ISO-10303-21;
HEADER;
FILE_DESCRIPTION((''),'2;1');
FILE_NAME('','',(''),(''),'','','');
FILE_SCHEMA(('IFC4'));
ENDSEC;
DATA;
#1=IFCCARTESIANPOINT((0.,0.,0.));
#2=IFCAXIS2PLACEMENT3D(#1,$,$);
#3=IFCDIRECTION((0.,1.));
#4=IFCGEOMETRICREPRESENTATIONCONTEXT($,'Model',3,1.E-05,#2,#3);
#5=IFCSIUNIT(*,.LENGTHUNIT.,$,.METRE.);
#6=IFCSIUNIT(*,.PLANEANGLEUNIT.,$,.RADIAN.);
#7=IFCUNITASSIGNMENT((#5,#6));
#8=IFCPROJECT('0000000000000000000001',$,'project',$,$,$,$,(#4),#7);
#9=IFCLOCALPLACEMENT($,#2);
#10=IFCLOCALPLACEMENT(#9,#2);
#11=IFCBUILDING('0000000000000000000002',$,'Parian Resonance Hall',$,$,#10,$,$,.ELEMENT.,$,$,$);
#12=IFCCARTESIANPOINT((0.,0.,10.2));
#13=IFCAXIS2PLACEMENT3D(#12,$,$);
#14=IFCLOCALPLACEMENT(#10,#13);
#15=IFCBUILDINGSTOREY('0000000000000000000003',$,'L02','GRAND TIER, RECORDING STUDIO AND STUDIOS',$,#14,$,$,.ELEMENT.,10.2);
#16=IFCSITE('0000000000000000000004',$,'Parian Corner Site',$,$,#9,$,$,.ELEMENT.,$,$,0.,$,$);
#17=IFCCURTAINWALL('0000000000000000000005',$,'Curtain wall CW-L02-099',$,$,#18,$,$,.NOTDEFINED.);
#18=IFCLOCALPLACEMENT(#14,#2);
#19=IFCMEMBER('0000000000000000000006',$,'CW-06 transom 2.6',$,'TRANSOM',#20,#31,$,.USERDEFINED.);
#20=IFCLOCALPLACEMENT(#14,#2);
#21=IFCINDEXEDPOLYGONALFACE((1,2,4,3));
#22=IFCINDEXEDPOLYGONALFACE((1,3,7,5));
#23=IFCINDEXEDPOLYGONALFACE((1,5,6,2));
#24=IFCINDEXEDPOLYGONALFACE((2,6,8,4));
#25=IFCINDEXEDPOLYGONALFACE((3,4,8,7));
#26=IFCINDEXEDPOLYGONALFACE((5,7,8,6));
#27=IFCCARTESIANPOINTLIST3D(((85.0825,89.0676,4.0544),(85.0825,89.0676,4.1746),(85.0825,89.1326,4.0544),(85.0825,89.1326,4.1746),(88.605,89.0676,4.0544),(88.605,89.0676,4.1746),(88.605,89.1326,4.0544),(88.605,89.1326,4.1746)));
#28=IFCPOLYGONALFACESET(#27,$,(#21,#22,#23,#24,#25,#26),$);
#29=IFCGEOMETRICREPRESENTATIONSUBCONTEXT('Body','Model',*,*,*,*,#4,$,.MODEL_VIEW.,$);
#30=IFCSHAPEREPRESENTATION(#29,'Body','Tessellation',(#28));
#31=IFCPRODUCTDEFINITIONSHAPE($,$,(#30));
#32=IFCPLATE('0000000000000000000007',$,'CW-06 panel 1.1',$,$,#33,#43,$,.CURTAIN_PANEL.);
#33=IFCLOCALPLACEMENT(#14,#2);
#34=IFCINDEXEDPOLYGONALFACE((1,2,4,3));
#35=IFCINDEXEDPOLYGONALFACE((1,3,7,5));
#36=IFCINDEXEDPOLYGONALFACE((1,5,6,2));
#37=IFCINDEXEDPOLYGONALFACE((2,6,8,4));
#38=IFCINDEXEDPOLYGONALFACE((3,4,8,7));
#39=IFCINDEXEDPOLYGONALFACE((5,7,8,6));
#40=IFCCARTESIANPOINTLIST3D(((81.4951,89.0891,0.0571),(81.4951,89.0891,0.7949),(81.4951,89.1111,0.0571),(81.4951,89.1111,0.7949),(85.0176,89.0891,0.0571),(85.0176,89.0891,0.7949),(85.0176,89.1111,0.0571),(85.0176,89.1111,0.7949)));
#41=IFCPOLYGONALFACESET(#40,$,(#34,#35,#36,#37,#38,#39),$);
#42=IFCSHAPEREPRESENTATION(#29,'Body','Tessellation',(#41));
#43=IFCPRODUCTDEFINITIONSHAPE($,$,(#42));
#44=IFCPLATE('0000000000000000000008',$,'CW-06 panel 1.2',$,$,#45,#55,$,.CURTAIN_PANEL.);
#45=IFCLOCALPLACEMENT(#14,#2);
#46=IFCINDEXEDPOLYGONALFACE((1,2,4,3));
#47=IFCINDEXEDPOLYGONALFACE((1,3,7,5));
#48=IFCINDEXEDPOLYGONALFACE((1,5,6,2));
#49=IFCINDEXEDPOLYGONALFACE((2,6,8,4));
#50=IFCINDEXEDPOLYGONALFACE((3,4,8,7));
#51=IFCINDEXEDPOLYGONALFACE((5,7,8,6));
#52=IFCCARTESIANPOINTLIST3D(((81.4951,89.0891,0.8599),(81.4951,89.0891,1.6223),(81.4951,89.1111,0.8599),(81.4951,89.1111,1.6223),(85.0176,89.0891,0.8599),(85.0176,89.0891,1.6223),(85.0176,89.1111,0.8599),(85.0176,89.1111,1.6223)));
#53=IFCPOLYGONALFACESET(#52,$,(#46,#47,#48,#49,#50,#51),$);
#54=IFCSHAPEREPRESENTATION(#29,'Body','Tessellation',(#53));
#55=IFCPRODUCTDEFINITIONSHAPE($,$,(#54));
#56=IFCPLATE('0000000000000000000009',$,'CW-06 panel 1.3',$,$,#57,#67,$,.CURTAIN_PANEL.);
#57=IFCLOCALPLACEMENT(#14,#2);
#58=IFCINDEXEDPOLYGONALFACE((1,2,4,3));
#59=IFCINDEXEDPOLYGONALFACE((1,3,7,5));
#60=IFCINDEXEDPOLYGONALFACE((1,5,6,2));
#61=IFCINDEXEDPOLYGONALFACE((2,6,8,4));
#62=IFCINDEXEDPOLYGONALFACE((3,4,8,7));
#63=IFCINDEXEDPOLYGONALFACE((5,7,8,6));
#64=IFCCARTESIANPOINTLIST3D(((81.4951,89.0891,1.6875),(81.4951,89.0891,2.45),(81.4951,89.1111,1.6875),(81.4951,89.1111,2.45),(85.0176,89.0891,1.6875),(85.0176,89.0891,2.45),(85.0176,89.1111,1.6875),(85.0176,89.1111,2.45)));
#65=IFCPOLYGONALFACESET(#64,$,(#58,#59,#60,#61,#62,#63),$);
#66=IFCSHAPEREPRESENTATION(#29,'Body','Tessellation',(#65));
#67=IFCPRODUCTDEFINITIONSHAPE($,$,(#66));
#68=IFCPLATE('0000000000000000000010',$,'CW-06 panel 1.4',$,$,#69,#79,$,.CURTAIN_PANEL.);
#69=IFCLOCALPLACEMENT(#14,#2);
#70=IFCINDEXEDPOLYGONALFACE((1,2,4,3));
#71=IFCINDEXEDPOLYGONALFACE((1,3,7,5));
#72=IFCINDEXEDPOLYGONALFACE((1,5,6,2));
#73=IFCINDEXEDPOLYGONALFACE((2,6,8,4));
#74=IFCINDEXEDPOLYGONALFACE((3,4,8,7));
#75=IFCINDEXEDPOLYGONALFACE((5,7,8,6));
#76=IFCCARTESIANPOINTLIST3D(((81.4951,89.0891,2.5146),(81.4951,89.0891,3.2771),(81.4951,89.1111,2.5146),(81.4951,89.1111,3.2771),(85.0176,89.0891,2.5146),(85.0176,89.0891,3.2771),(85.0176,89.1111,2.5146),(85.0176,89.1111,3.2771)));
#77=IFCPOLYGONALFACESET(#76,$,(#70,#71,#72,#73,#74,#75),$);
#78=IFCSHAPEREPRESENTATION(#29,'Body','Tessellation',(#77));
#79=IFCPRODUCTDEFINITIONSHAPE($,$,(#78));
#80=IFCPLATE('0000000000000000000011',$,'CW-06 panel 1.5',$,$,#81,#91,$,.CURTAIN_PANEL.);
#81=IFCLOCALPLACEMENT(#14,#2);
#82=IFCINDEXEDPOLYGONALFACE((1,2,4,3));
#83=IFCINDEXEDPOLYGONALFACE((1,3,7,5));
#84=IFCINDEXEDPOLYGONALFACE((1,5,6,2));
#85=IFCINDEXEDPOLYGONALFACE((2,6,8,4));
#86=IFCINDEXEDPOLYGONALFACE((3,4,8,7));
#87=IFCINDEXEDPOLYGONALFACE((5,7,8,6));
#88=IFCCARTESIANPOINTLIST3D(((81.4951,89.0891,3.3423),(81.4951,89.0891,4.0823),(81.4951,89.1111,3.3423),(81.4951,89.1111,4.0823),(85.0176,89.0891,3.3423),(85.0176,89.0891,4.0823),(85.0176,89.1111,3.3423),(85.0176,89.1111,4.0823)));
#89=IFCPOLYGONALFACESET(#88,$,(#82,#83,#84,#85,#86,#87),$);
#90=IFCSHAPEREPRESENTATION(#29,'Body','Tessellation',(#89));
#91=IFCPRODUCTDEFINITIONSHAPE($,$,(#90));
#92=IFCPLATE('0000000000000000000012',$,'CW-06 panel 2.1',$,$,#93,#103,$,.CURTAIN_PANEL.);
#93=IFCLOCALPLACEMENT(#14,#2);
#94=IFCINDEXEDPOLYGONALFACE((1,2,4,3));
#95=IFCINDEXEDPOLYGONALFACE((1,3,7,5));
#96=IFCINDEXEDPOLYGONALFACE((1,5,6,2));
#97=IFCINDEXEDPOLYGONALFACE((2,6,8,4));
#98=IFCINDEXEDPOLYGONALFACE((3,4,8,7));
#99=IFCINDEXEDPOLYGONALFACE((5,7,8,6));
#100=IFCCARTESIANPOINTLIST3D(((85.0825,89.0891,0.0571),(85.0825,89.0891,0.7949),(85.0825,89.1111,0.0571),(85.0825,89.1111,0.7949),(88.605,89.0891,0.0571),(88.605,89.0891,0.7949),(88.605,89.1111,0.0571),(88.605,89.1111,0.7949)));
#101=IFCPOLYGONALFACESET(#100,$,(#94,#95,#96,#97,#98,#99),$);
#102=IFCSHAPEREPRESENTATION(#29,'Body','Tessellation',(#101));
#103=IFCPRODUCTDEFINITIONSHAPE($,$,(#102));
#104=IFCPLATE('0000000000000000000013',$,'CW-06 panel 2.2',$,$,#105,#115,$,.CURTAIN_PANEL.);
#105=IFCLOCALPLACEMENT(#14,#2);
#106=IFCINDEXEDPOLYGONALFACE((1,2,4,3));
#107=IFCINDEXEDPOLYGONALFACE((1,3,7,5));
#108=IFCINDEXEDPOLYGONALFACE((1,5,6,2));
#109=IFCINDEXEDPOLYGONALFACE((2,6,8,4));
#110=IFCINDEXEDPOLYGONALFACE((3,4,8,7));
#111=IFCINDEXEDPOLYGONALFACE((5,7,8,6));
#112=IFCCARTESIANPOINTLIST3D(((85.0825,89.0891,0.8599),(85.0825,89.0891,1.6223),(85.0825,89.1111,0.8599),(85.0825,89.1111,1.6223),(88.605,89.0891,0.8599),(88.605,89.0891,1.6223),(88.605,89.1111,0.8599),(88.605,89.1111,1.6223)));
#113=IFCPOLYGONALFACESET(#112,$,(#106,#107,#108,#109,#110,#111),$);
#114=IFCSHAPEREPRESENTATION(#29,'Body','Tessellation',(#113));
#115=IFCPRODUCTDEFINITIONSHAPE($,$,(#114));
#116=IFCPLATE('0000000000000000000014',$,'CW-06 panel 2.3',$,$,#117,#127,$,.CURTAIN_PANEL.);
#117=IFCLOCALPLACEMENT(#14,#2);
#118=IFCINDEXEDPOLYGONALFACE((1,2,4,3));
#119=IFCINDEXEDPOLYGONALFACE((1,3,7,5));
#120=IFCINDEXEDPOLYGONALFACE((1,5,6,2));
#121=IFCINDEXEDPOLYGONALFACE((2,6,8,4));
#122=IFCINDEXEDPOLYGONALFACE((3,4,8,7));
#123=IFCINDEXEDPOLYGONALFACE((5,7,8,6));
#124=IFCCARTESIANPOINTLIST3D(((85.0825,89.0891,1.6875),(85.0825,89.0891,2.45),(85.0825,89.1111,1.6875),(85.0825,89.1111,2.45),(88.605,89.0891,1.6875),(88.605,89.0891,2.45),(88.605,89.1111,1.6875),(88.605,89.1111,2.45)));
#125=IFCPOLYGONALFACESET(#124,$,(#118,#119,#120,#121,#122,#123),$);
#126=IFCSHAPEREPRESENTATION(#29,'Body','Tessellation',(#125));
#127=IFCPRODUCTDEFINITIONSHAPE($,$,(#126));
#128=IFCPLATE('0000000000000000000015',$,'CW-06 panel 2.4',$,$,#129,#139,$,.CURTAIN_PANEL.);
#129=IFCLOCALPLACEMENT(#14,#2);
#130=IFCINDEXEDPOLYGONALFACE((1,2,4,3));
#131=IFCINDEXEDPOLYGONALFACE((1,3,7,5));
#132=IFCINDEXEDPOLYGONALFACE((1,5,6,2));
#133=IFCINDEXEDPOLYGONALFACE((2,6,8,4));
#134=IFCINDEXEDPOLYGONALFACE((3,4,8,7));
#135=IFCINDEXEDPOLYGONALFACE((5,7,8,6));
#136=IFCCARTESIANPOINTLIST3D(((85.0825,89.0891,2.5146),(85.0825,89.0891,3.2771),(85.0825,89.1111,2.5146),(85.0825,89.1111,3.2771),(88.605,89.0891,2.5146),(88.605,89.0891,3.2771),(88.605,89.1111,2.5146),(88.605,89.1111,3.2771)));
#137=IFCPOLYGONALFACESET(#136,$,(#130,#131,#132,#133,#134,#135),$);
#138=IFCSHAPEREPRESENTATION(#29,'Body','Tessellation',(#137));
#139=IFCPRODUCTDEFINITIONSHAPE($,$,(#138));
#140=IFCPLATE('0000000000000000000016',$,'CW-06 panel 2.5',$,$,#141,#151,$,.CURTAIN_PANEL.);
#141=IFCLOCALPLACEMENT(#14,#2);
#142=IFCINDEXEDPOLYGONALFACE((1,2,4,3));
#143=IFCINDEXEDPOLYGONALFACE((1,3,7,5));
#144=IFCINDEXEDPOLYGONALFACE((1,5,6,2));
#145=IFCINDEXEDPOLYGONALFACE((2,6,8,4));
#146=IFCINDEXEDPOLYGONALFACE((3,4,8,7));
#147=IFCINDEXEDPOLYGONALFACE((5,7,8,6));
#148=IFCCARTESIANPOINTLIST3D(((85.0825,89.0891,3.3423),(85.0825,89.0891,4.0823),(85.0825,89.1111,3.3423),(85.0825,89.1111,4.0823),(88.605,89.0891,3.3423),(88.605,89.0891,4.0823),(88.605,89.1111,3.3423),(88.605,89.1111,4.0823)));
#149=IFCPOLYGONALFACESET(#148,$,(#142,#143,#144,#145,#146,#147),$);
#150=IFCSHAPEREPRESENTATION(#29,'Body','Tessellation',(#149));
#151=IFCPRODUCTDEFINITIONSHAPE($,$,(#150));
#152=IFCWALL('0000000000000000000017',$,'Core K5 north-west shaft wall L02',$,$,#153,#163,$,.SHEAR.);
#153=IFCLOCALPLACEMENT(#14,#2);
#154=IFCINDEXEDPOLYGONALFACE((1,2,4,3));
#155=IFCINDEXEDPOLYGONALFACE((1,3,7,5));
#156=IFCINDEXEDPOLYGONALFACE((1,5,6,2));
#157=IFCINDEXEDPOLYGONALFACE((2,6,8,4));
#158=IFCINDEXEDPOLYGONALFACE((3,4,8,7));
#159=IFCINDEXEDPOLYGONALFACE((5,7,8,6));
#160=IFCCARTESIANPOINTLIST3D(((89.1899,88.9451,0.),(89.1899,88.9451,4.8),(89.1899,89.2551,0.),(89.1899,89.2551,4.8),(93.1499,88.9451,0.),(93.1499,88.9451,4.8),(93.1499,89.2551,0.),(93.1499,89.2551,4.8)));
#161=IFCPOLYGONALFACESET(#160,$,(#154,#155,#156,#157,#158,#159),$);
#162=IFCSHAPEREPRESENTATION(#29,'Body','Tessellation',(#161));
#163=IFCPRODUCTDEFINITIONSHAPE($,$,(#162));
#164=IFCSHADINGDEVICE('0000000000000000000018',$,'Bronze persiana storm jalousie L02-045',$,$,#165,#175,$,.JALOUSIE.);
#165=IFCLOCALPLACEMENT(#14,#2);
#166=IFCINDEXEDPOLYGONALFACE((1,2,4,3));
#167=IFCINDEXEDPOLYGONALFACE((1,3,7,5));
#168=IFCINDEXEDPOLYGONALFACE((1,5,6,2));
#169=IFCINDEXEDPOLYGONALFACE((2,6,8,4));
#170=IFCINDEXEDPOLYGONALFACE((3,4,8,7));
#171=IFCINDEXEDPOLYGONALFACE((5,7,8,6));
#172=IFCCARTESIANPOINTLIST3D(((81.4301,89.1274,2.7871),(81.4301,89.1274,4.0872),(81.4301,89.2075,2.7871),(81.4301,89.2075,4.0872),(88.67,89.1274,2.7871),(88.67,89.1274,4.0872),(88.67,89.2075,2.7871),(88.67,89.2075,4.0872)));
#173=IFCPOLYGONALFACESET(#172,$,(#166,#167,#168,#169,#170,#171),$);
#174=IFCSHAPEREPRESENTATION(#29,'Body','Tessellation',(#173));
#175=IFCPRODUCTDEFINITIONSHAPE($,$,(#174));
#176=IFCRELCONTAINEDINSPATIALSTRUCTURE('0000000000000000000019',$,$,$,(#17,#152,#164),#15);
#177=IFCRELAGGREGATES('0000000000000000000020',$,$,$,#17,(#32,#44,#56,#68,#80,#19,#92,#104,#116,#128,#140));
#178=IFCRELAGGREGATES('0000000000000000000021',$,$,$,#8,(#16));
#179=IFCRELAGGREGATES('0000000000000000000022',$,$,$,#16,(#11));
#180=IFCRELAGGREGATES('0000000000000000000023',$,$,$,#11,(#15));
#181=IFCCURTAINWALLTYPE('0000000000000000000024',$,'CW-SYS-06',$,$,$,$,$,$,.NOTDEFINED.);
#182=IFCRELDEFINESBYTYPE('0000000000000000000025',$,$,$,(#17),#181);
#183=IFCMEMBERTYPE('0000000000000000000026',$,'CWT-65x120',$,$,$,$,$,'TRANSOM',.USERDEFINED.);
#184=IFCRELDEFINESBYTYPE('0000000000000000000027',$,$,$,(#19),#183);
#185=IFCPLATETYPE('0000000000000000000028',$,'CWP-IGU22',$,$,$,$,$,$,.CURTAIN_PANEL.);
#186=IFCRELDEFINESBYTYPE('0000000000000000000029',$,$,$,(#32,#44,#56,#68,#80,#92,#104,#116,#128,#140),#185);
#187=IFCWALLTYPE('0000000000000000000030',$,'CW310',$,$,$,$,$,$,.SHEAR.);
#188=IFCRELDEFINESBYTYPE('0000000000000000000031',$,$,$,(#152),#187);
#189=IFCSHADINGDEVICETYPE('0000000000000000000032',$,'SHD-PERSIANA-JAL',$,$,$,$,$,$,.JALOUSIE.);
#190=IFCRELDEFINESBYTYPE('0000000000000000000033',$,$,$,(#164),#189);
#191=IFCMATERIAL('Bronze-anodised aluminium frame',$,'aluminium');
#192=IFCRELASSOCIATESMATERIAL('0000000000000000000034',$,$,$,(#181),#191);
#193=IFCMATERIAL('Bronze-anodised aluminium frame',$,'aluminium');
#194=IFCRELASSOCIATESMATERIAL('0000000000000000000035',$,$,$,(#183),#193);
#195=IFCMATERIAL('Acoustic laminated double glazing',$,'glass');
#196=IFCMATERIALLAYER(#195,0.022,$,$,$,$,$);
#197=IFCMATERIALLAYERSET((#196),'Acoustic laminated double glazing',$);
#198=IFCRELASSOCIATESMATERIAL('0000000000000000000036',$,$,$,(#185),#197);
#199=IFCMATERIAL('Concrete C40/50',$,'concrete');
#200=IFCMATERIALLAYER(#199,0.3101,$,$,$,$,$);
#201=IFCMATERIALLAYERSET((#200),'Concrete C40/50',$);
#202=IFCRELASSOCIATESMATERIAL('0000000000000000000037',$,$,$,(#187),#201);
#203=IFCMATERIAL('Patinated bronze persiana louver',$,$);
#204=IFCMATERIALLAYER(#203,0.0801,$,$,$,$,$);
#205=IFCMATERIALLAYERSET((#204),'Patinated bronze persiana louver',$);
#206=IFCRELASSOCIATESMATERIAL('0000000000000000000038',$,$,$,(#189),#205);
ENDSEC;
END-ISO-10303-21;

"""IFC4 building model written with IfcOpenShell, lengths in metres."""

from ifc_helpers import new_model, si_unit, direction, frame, frame_2d, origin, origin_2d, place, context, subcontext, project, spatial, rectangle, extrude, material, layer, layer_set, material_profile, profile_set, type_object, element, aggregate, save


model = new_model("IFC4")

# Units and contexts
model_context = context("Model", 3, precision=1e-05, world=origin(), true_north=direction((0.0, 1.0)))
body_context = subcontext(model_context, "Body", "Model", "MODEL_VIEW")
ifc_project = project(units=[si_unit("LENGTHUNIT", "METRE"), si_unit("PLANEANGLEUNIT", "RADIAN")], contexts=[model_context])

# Site, building, storey
site_placement = place(None, origin())
site = spatial("IfcSite", under=ifc_project, at=site_placement, Name="Parian Corner Site", CompositionType="ELEMENT", RefElevation=0.0)
building_placement = place(site_placement, origin())
building = spatial("IfcBuilding", under=site, at=building_placement, Name="Parian Resonance Hall", CompositionType="ELEMENT")
storey_placement = place(building_placement, frame((0.0, 0.0, 10.2)))
storey = spatial("IfcBuildingStorey", under=building, at=storey_placement, Name="L02", Description="GRAND TIER, RECORDING STUDIO AND STUDIOS", CompositionType="ELEMENT", Elevation=10.2)

# Curtain wall, member, plates
ifc_material_1 = material(Name="Bronze-anodised aluminium frame", Category="aluminium")
curtain_wall_type = type_object("IfcCurtainWallType", Name="CW-SYS-06", PredefinedType="NOTDEFINED", material=ifc_material_1)
curtain_wall_placement = place(storey_placement, origin())
curtain_wall = element("IfcCurtainWall", 1, at=curtain_wall_placement, inside=storey, type_object=curtain_wall_type, Name="Curtain wall CW-L02-099", PredefinedType="NOTDEFINED")
ifc_material_2 = material(Name="Bronze-anodised aluminium frame", Category="aluminium")
ifc_material_profile_1 = material_profile(ifc_material_2, rectangle(XDim=0.0649, YDim=0.1201, at=origin_2d()), Name="CWT-65x120")
ifc_profile_set_1 = profile_set([ifc_material_profile_1], Name="Bronze-anodised aluminium frame")
member_type_1 = type_object("IfcMemberType", Name="CWT-65x120", ElementType="TRANSOM", PredefinedType="USERDEFINED", material=ifc_profile_set_1)
member_1_placement = place(storey_placement, frame((85.0825, 89.1001, 4.1145), z_axis=(1.0, 0.0, 0.0), x_axis=(0.0, 1.0, 0.0)))
member_1 = element("IfcMember", 2, at=member_1_placement, type_object=member_type_1, Name="CW-06 transom 2.6", ObjectType="TRANSOM", PredefinedType="USERDEFINED", context=body_context, shape_type="SweptSolid", body=[
    extrude(rectangle(XDim=0.0649, YDim=0.1201, at=origin_2d()), origin(), (0.0, 0.0, 1.0), 3.5225),
])
ifc_material_3 = material(Name="Acoustic laminated double glazing", Category="glass")
ifc_layer_1 = layer(ifc_material_3, 0.022)
ifc_layer_set_1 = layer_set([ifc_layer_1], Name="Acoustic laminated double glazing")
plate_type = type_object("IfcPlateType", Name="CWP-IGU22", PredefinedType="CURTAIN_PANEL", material=ifc_layer_set_1)
plate_1_placement = place(storey_placement, frame((83.2563, 89.1001, 0.0571), z_axis=(0.0, 0.0, 1.0), x_axis=(1.0, 0.0, 0.0)))
plate_1 = element("IfcPlate", 3, at=plate_1_placement, type_object=plate_type, Name="CW-06 panel 1.1", PredefinedType="CURTAIN_PANEL", context=body_context, shape_type="SweptSolid", body=[
    extrude(rectangle(XDim=3.5225, YDim=0.022, at=origin_2d()), origin(), (0.0, 0.0, 1.0), 0.7378),
])
plate_2_placement = place(storey_placement, frame((83.2563, 89.1001, 0.8599), z_axis=(0.0, 0.0, 1.0), x_axis=(1.0, 0.0, 0.0)))
plate_2 = element("IfcPlate", 4, at=plate_2_placement, type_object=plate_type, Name="CW-06 panel 1.2", PredefinedType="CURTAIN_PANEL", context=body_context, shape_type="SweptSolid", body=[
    extrude(rectangle(XDim=3.5225, YDim=0.022, at=origin_2d()), origin(), (0.0, 0.0, 1.0), 0.7625),
])
plate_3_placement = place(storey_placement, frame((83.2563, 89.1001, 1.6875), z_axis=(0.0, 0.0, 1.0), x_axis=(1.0, 0.0, 0.0)))
plate_3 = element("IfcPlate", 5, at=plate_3_placement, type_object=plate_type, Name="CW-06 panel 1.3", PredefinedType="CURTAIN_PANEL", context=body_context, shape_type="SweptSolid", body=[
    extrude(rectangle(XDim=3.5225, YDim=0.022, at=origin_2d()), origin(), (0.0, 0.0, 1.0), 0.7625),
])
plate_4_placement = place(storey_placement, frame((83.2563, 89.1001, 2.5146), z_axis=(0.0, 0.0, 1.0), x_axis=(1.0, 0.0, 0.0)))
plate_4 = element("IfcPlate", 6, at=plate_4_placement, type_object=plate_type, Name="CW-06 panel 1.4", PredefinedType="CURTAIN_PANEL", context=body_context, shape_type="SweptSolid", body=[
    extrude(rectangle(XDim=3.5225, YDim=0.022, at=origin_2d()), origin(), (0.0, 0.0, 1.0), 0.7625),
])
plate_5_placement = place(storey_placement, frame((83.2563, 89.1001, 3.3423), z_axis=(0.0, 0.0, 1.0), x_axis=(1.0, 0.0, 0.0)))
plate_5 = element("IfcPlate", 7, at=plate_5_placement, type_object=plate_type, Name="CW-06 panel 1.5", PredefinedType="CURTAIN_PANEL", context=body_context, shape_type="SweptSolid", body=[
    extrude(rectangle(XDim=3.5225, YDim=0.022, at=origin_2d()), origin(), (0.0, 0.0, 1.0), 0.74),
])
plate_6_placement = place(storey_placement, frame((86.8438, 89.1001, 0.0571), z_axis=(0.0, 0.0, 1.0), x_axis=(1.0, 0.0, 0.0)))
plate_6 = element("IfcPlate", 8, at=plate_6_placement, type_object=plate_type, Name="CW-06 panel 2.1", PredefinedType="CURTAIN_PANEL", context=body_context, shape_type="SweptSolid", body=[
    extrude(rectangle(XDim=3.5225, YDim=0.022, at=origin_2d()), origin(), (0.0, 0.0, 1.0), 0.7378),
])
plate_7_placement = place(storey_placement, frame((86.8438, 89.1001, 0.8599), z_axis=(0.0, 0.0, 1.0), x_axis=(1.0, 0.0, 0.0)))
plate_7 = element("IfcPlate", 9, at=plate_7_placement, type_object=plate_type, Name="CW-06 panel 2.2", PredefinedType="CURTAIN_PANEL", context=body_context, shape_type="SweptSolid", body=[
    extrude(rectangle(XDim=3.5225, YDim=0.022, at=origin_2d()), origin(), (0.0, 0.0, 1.0), 0.7625),
])
plate_8_placement = place(storey_placement, frame((86.8438, 89.1001, 1.6875), z_axis=(0.0, 0.0, 1.0), x_axis=(1.0, 0.0, 0.0)))
plate_8 = element("IfcPlate", 10, at=plate_8_placement, type_object=plate_type, Name="CW-06 panel 2.3", PredefinedType="CURTAIN_PANEL", context=body_context, shape_type="SweptSolid", body=[
    extrude(rectangle(XDim=3.5225, YDim=0.022, at=origin_2d()), origin(), (0.0, 0.0, 1.0), 0.7625),
])
plate_9_placement = place(storey_placement, frame((86.8438, 89.1001, 2.5146), z_axis=(0.0, 0.0, 1.0), x_axis=(1.0, 0.0, 0.0)))
plate_9 = element("IfcPlate", 11, at=plate_9_placement, type_object=plate_type, Name="CW-06 panel 2.4", PredefinedType="CURTAIN_PANEL", context=body_context, shape_type="SweptSolid", body=[
    extrude(rectangle(XDim=3.5225, YDim=0.022, at=origin_2d()), origin(), (0.0, 0.0, 1.0), 0.7625),
])
plate_10_placement = place(storey_placement, frame((86.8438, 89.1001, 3.3423), z_axis=(0.0, 0.0, 1.0), x_axis=(1.0, 0.0, 0.0)))
plate_10 = element("IfcPlate", 12, at=plate_10_placement, type_object=plate_type, Name="CW-06 panel 2.5", PredefinedType="CURTAIN_PANEL", context=body_context, shape_type="SweptSolid", body=[
    extrude(rectangle(XDim=3.5225, YDim=0.022, at=origin_2d()), origin(), (0.0, 0.0, 1.0), 0.74),
])
aggregate(curtain_wall, [plate_1, plate_2, plate_3, plate_4, plate_5, member_1, plate_6, plate_7, plate_8, plate_9, plate_10])

# Wall
ifc_material_4 = material(Name="Concrete C40/50", Category="concrete")
ifc_layer_2 = layer(ifc_material_4, 0.3101)
ifc_layer_set_2 = layer_set([ifc_layer_2], Name="Concrete C40/50")
wall_type = type_object("IfcWallType", Name="CW310", PredefinedType="SHEAR", material=ifc_layer_set_2)
wall_placement = place(storey_placement, frame((89.1899, 89.1001, 0.0), z_axis=(0.0, 0.0, 1.0), x_axis=(1.0, 0.0, 0.0)))
element("IfcWall", 13, at=wall_placement, inside=storey, type_object=wall_type, Name="Core K5 north-west shaft wall L02", PredefinedType="SHEAR", context=body_context, shape_type="SweptSolid", body=[
    extrude(rectangle(XDim=3.96, YDim=0.3101, at=frame_2d((1.98, 0.0))), origin(), (0.0, 0.0, 1.0), 4.8),
])

# Shading device
ifc_material_5 = material(Name="Patinated bronze persiana louver")
ifc_layer_3 = layer(ifc_material_5, 0.0801)
ifc_layer_set_3 = layer_set([ifc_layer_3], Name="Patinated bronze persiana louver")
shading_device_type = type_object("IfcShadingDeviceType", Name="SHD-PERSIANA-JAL", PredefinedType="JALOUSIE", material=ifc_layer_set_3)
shading_device_placement = place(storey_placement, frame((85.05, 89.1675, 2.7871), z_axis=(0.0, 0.0, 1.0), x_axis=(1.0, 0.0, 0.0)))
element("IfcShadingDevice", 14, at=shading_device_placement, inside=storey, type_object=shading_device_type, Name="Bronze persiana storm jalousie L02-045", PredefinedType="JALOUSIE", context=body_context, shape_type="SweptSolid", body=[
    extrude(rectangle(XDim=7.24, YDim=0.0801, at=origin_2d()), origin(), (0.0, 0.0, 1.0), 1.3),
])

save(model, "model.ifc")
